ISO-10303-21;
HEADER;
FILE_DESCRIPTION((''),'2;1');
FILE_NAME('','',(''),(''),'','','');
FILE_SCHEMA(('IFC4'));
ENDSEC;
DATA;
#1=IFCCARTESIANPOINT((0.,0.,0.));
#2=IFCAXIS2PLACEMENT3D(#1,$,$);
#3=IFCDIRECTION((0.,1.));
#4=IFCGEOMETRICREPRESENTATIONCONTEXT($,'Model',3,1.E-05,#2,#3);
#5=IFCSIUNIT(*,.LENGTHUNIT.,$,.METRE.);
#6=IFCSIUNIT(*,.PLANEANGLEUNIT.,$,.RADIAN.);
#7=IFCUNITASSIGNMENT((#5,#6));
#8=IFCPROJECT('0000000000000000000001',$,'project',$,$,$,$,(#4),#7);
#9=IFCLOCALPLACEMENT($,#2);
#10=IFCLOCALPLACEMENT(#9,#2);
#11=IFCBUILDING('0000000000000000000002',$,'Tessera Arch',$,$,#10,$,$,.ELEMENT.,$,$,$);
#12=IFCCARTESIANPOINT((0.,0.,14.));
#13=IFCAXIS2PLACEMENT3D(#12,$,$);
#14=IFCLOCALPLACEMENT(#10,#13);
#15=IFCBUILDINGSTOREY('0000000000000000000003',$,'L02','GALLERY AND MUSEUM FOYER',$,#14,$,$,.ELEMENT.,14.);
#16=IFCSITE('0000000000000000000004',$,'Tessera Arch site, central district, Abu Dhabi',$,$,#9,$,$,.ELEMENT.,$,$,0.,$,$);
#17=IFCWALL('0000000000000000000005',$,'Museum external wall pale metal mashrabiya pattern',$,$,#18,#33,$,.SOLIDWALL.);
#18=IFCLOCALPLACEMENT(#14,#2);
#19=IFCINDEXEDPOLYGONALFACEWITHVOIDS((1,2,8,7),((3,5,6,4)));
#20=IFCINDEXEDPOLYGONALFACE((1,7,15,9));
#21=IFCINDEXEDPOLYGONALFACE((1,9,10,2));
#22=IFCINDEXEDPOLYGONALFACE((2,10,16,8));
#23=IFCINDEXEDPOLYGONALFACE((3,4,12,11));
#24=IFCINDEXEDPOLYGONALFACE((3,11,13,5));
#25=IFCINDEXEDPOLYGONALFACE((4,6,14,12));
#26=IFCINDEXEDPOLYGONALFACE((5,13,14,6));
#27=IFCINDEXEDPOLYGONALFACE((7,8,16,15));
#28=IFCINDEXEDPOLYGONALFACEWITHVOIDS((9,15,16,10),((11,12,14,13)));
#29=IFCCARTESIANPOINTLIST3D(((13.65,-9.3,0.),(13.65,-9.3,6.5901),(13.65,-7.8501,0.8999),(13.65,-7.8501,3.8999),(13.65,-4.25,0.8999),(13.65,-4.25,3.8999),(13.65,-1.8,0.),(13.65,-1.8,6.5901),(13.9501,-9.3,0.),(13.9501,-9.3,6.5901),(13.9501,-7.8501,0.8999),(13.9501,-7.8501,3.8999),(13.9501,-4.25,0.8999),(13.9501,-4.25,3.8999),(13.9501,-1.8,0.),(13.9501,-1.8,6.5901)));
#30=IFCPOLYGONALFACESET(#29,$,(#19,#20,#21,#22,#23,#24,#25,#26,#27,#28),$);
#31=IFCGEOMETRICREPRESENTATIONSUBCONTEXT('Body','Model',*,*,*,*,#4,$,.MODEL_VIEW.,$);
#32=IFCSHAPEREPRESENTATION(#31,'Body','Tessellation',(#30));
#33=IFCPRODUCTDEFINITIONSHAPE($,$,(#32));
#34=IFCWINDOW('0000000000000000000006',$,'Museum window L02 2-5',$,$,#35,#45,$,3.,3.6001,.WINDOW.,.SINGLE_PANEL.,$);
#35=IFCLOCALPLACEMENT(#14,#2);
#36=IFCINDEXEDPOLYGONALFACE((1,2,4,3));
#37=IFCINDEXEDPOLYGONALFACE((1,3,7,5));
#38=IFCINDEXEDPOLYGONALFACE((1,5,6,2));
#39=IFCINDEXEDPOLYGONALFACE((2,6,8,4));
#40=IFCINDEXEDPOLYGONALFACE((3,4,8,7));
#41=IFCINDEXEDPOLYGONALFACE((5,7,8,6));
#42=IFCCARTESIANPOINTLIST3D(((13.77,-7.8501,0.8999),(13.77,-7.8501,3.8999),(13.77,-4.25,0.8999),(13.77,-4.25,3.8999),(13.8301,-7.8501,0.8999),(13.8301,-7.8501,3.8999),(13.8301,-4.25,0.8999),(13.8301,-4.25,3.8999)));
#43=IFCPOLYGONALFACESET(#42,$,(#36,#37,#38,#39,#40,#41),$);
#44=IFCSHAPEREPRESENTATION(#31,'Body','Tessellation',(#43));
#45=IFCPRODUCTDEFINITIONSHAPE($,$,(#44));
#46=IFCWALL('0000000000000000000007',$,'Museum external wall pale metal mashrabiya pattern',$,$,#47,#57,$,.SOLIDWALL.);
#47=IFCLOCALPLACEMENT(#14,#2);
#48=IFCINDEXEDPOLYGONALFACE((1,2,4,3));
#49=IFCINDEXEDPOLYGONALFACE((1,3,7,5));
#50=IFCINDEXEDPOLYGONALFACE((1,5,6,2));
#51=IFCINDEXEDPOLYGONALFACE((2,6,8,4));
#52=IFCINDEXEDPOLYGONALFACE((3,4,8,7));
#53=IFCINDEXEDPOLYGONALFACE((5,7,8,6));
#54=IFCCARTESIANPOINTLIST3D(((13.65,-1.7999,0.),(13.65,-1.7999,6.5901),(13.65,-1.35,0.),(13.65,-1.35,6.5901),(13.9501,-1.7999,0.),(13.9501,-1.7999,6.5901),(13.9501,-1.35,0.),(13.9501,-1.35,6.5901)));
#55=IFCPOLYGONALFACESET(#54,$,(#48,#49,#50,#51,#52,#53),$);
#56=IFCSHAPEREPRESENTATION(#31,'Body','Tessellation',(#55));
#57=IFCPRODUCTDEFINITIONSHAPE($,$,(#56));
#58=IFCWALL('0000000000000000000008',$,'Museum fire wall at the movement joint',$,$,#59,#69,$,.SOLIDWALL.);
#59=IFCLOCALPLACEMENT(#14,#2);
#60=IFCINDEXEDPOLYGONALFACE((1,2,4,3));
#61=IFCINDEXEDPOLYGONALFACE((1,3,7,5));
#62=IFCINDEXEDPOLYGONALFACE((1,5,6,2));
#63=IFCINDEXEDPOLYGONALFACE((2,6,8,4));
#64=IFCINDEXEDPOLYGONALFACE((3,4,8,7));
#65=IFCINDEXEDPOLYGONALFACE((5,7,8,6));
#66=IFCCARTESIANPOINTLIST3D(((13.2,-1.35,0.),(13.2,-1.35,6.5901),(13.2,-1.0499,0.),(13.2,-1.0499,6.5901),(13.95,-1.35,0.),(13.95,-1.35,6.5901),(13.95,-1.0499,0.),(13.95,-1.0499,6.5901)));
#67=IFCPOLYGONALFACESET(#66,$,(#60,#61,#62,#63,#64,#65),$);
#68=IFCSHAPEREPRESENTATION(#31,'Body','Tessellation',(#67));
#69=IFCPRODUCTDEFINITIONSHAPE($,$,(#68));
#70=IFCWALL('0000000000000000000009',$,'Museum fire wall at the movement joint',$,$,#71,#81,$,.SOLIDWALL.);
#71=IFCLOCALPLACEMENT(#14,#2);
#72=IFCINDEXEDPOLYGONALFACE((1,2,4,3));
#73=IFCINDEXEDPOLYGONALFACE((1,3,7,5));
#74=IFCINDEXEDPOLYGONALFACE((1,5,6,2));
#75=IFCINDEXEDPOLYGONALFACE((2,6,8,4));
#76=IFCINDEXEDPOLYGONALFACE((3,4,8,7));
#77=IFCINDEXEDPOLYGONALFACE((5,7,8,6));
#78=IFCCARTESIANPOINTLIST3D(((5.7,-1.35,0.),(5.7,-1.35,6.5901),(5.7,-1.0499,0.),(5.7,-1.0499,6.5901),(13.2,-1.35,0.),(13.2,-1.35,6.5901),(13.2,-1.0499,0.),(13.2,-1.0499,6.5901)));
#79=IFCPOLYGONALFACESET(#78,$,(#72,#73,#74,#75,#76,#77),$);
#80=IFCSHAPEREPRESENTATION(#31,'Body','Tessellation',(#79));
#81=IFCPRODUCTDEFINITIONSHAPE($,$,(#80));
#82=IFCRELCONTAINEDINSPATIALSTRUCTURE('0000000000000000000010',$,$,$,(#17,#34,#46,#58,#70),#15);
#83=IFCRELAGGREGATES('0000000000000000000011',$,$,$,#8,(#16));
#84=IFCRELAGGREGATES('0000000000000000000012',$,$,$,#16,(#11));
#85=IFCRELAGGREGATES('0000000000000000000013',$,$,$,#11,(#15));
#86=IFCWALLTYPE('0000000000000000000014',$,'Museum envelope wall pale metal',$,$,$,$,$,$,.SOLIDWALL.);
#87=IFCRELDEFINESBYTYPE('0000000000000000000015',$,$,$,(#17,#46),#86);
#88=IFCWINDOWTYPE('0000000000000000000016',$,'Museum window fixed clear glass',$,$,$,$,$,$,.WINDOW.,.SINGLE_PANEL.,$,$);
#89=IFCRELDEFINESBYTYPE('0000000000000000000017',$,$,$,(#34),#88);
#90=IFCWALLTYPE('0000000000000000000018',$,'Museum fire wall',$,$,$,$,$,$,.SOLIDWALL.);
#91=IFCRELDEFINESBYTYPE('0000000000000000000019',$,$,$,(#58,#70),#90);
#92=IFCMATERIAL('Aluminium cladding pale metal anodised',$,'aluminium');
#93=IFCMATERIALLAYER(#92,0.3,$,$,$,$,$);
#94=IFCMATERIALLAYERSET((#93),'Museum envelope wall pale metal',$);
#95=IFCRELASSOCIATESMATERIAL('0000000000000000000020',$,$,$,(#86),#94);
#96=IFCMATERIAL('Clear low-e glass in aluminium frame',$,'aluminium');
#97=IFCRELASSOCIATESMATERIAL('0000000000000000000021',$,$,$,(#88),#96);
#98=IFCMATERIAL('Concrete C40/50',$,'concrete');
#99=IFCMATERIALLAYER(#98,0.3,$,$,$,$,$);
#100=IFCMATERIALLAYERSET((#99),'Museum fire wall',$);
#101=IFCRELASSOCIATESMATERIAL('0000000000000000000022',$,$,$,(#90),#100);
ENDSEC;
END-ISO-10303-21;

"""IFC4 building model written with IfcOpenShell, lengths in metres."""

from ifc_helpers import new_model, si_unit, direction, frame, frame_2d, origin, place, context, subcontext, project, spatial, rectangle, extrude, material, layer, layer_set, type_object, element, fill, save


model = new_model("IFC4")

# Units and contexts
model_context = context("Model", 3, precision=1e-05, world=origin(), true_north=direction((0.0, 1.0)))
body_context = subcontext(model_context, "Body", "Model", "MODEL_VIEW")
ifc_project = project(units=[si_unit("LENGTHUNIT", "METRE"), si_unit("PLANEANGLEUNIT", "RADIAN")], contexts=[model_context])

# Site, building, storey
site_placement = place(None, origin())
site = spatial("IfcSite", under=ifc_project, at=site_placement, Name="Tessera Arch site, central district, Abu Dhabi", CompositionType="ELEMENT", RefElevation=0.0)
building_placement = place(site_placement, origin())
building = spatial("IfcBuilding", under=site, at=building_placement, Name="Tessera Arch", CompositionType="ELEMENT")
storey_placement = place(building_placement, frame((0.0, 0.0, 14.0)))
storey = spatial("IfcBuildingStorey", under=building, at=storey_placement, Name="L02", Description="GALLERY AND MUSEUM FOYER", CompositionType="ELEMENT", Elevation=14.0)

# Shared definitions
ifc_material_1 = material(Name="Aluminium cladding pale metal anodised", Category="aluminium")
ifc_layer_1 = layer(ifc_material_1, 0.3)
ifc_layer_set_1 = layer_set([ifc_layer_1], Name="Museum envelope wall pale metal")
wall_type_1 = type_object("IfcWallType", Name="Museum envelope wall pale metal", PredefinedType="SOLIDWALL", material=ifc_layer_set_1)

# Wall, opening, window
ifc_material_2 = material(Name="Clear low-e glass in aluminium frame", Category="aluminium")
window_type = type_object("IfcWindowType", Name="Museum window fixed clear glass", PartitioningType="SINGLE_PANEL", PredefinedType="WINDOW", material=ifc_material_2)
wall_1_placement = place(storey_placement, frame((13.8, -9.3, 0.0), z_axis=(0.0, 0.0, 1.0), x_axis=(0.0, 1.0, 0.0)))
wall_1 = element("IfcWall", 1, at=wall_1_placement, inside=storey, type_object=wall_type_1, Name="Museum external wall pale metal mashrabiya pattern", PredefinedType="SOLIDWALL", context=body_context, shape_type="SweptSolid", body=[
    extrude(rectangle(XDim=7.5, YDim=0.3, at=frame_2d((3.75, 0.0))), origin(), (0.0, 0.0, 1.0), 6.5901),
])
opening_1_placement = place(wall_1_placement, frame((1.45, 0.0, 0.8999)))
opening_1 = element("IfcOpeningElement", 2, at=opening_1_placement, cuts=wall_1, PredefinedType="OPENING", context=body_context, shape_type="SweptSolid", body=[
    extrude(rectangle(XDim=3.6001, YDim=3.0, at=frame_2d((1.8, 1.5))), frame((0.0, 0.1599, 0.0), z_axis=(0.0, -1.0, 0.0), x_axis=(1.0, 0.0, 0.0)), (0.0, 0.0, 1.0), 0.3201),
])
window_1_placement = place(opening_1_placement, origin())
window_1 = element("IfcWindow", 3, at=window_1_placement, inside=storey, type_object=window_type, Name="Museum window L02 2-5", OverallHeight=3.0, OverallWidth=3.6001, PartitioningType="SINGLE_PANEL", PredefinedType="WINDOW", context=body_context, shape_type="SweptSolid", body=[
    extrude(rectangle(XDim=3.6001, YDim=3.0, at=frame_2d((1.8, 1.5))), frame((0.0, 0.03, 0.0), z_axis=(0.0, -1.0, 0.0), x_axis=(1.0, 0.0, 0.0)), (0.0, 0.0, 1.0), 0.0601),
])
fill(opening_1, window_1)

# Walls
wall_2_placement = place(storey_placement, frame((13.8, -1.8, 0.0), z_axis=(0.0, 0.0, 1.0), x_axis=(0.0, 1.0, 0.0)))
element("IfcWall", 4, at=wall_2_placement, inside=storey, type_object=wall_type_1, Name="Museum external wall pale metal mashrabiya pattern", PredefinedType="SOLIDWALL", context=body_context, shape_type="SweptSolid", body=[
    extrude(rectangle(XDim=0.45, YDim=0.3, at=frame_2d((0.2251, 0.0))), origin(), (0.0, 0.0, 1.0), 6.5901),
])
ifc_material_3 = material(Name="Concrete C40/50", Category="concrete")
ifc_layer_2 = layer(ifc_material_3, 0.3)
ifc_layer_set_2 = layer_set([ifc_layer_2], Name="Museum fire wall")
wall_type_2 = type_object("IfcWallType", Name="Museum fire wall", PredefinedType="SOLIDWALL", material=ifc_layer_set_2)
wall_3_placement = place(storey_placement, frame((13.95, -1.2, 0.0), z_axis=(0.0, 0.0, 1.0), x_axis=(-1.0, 0.0, 0.0)))
element("IfcWall", 5, at=wall_3_placement, inside=storey, type_object=wall_type_2, Name="Museum fire wall at the movement joint", PredefinedType="SOLIDWALL", context=body_context, shape_type="SweptSolid", body=[
    extrude(rectangle(XDim=0.75, YDim=0.3, at=frame_2d((0.375, 0.0))), origin(), (0.0, 0.0, 1.0), 6.5901),
])
wall_4_placement = place(storey_placement, frame((13.2, -1.2, 0.0), z_axis=(0.0, 0.0, 1.0), x_axis=(-1.0, 0.0, 0.0)))
element("IfcWall", 6, at=wall_4_placement, inside=storey, type_object=wall_type_2, Name="Museum fire wall at the movement joint", PredefinedType="SOLIDWALL", context=body_context, shape_type="SweptSolid", body=[
    extrude(rectangle(XDim=7.5, YDim=0.3, at=frame_2d((3.75, 0.0))), origin(), (0.0, 0.0, 1.0), 6.5901),
])

save(model, "model.ifc")
